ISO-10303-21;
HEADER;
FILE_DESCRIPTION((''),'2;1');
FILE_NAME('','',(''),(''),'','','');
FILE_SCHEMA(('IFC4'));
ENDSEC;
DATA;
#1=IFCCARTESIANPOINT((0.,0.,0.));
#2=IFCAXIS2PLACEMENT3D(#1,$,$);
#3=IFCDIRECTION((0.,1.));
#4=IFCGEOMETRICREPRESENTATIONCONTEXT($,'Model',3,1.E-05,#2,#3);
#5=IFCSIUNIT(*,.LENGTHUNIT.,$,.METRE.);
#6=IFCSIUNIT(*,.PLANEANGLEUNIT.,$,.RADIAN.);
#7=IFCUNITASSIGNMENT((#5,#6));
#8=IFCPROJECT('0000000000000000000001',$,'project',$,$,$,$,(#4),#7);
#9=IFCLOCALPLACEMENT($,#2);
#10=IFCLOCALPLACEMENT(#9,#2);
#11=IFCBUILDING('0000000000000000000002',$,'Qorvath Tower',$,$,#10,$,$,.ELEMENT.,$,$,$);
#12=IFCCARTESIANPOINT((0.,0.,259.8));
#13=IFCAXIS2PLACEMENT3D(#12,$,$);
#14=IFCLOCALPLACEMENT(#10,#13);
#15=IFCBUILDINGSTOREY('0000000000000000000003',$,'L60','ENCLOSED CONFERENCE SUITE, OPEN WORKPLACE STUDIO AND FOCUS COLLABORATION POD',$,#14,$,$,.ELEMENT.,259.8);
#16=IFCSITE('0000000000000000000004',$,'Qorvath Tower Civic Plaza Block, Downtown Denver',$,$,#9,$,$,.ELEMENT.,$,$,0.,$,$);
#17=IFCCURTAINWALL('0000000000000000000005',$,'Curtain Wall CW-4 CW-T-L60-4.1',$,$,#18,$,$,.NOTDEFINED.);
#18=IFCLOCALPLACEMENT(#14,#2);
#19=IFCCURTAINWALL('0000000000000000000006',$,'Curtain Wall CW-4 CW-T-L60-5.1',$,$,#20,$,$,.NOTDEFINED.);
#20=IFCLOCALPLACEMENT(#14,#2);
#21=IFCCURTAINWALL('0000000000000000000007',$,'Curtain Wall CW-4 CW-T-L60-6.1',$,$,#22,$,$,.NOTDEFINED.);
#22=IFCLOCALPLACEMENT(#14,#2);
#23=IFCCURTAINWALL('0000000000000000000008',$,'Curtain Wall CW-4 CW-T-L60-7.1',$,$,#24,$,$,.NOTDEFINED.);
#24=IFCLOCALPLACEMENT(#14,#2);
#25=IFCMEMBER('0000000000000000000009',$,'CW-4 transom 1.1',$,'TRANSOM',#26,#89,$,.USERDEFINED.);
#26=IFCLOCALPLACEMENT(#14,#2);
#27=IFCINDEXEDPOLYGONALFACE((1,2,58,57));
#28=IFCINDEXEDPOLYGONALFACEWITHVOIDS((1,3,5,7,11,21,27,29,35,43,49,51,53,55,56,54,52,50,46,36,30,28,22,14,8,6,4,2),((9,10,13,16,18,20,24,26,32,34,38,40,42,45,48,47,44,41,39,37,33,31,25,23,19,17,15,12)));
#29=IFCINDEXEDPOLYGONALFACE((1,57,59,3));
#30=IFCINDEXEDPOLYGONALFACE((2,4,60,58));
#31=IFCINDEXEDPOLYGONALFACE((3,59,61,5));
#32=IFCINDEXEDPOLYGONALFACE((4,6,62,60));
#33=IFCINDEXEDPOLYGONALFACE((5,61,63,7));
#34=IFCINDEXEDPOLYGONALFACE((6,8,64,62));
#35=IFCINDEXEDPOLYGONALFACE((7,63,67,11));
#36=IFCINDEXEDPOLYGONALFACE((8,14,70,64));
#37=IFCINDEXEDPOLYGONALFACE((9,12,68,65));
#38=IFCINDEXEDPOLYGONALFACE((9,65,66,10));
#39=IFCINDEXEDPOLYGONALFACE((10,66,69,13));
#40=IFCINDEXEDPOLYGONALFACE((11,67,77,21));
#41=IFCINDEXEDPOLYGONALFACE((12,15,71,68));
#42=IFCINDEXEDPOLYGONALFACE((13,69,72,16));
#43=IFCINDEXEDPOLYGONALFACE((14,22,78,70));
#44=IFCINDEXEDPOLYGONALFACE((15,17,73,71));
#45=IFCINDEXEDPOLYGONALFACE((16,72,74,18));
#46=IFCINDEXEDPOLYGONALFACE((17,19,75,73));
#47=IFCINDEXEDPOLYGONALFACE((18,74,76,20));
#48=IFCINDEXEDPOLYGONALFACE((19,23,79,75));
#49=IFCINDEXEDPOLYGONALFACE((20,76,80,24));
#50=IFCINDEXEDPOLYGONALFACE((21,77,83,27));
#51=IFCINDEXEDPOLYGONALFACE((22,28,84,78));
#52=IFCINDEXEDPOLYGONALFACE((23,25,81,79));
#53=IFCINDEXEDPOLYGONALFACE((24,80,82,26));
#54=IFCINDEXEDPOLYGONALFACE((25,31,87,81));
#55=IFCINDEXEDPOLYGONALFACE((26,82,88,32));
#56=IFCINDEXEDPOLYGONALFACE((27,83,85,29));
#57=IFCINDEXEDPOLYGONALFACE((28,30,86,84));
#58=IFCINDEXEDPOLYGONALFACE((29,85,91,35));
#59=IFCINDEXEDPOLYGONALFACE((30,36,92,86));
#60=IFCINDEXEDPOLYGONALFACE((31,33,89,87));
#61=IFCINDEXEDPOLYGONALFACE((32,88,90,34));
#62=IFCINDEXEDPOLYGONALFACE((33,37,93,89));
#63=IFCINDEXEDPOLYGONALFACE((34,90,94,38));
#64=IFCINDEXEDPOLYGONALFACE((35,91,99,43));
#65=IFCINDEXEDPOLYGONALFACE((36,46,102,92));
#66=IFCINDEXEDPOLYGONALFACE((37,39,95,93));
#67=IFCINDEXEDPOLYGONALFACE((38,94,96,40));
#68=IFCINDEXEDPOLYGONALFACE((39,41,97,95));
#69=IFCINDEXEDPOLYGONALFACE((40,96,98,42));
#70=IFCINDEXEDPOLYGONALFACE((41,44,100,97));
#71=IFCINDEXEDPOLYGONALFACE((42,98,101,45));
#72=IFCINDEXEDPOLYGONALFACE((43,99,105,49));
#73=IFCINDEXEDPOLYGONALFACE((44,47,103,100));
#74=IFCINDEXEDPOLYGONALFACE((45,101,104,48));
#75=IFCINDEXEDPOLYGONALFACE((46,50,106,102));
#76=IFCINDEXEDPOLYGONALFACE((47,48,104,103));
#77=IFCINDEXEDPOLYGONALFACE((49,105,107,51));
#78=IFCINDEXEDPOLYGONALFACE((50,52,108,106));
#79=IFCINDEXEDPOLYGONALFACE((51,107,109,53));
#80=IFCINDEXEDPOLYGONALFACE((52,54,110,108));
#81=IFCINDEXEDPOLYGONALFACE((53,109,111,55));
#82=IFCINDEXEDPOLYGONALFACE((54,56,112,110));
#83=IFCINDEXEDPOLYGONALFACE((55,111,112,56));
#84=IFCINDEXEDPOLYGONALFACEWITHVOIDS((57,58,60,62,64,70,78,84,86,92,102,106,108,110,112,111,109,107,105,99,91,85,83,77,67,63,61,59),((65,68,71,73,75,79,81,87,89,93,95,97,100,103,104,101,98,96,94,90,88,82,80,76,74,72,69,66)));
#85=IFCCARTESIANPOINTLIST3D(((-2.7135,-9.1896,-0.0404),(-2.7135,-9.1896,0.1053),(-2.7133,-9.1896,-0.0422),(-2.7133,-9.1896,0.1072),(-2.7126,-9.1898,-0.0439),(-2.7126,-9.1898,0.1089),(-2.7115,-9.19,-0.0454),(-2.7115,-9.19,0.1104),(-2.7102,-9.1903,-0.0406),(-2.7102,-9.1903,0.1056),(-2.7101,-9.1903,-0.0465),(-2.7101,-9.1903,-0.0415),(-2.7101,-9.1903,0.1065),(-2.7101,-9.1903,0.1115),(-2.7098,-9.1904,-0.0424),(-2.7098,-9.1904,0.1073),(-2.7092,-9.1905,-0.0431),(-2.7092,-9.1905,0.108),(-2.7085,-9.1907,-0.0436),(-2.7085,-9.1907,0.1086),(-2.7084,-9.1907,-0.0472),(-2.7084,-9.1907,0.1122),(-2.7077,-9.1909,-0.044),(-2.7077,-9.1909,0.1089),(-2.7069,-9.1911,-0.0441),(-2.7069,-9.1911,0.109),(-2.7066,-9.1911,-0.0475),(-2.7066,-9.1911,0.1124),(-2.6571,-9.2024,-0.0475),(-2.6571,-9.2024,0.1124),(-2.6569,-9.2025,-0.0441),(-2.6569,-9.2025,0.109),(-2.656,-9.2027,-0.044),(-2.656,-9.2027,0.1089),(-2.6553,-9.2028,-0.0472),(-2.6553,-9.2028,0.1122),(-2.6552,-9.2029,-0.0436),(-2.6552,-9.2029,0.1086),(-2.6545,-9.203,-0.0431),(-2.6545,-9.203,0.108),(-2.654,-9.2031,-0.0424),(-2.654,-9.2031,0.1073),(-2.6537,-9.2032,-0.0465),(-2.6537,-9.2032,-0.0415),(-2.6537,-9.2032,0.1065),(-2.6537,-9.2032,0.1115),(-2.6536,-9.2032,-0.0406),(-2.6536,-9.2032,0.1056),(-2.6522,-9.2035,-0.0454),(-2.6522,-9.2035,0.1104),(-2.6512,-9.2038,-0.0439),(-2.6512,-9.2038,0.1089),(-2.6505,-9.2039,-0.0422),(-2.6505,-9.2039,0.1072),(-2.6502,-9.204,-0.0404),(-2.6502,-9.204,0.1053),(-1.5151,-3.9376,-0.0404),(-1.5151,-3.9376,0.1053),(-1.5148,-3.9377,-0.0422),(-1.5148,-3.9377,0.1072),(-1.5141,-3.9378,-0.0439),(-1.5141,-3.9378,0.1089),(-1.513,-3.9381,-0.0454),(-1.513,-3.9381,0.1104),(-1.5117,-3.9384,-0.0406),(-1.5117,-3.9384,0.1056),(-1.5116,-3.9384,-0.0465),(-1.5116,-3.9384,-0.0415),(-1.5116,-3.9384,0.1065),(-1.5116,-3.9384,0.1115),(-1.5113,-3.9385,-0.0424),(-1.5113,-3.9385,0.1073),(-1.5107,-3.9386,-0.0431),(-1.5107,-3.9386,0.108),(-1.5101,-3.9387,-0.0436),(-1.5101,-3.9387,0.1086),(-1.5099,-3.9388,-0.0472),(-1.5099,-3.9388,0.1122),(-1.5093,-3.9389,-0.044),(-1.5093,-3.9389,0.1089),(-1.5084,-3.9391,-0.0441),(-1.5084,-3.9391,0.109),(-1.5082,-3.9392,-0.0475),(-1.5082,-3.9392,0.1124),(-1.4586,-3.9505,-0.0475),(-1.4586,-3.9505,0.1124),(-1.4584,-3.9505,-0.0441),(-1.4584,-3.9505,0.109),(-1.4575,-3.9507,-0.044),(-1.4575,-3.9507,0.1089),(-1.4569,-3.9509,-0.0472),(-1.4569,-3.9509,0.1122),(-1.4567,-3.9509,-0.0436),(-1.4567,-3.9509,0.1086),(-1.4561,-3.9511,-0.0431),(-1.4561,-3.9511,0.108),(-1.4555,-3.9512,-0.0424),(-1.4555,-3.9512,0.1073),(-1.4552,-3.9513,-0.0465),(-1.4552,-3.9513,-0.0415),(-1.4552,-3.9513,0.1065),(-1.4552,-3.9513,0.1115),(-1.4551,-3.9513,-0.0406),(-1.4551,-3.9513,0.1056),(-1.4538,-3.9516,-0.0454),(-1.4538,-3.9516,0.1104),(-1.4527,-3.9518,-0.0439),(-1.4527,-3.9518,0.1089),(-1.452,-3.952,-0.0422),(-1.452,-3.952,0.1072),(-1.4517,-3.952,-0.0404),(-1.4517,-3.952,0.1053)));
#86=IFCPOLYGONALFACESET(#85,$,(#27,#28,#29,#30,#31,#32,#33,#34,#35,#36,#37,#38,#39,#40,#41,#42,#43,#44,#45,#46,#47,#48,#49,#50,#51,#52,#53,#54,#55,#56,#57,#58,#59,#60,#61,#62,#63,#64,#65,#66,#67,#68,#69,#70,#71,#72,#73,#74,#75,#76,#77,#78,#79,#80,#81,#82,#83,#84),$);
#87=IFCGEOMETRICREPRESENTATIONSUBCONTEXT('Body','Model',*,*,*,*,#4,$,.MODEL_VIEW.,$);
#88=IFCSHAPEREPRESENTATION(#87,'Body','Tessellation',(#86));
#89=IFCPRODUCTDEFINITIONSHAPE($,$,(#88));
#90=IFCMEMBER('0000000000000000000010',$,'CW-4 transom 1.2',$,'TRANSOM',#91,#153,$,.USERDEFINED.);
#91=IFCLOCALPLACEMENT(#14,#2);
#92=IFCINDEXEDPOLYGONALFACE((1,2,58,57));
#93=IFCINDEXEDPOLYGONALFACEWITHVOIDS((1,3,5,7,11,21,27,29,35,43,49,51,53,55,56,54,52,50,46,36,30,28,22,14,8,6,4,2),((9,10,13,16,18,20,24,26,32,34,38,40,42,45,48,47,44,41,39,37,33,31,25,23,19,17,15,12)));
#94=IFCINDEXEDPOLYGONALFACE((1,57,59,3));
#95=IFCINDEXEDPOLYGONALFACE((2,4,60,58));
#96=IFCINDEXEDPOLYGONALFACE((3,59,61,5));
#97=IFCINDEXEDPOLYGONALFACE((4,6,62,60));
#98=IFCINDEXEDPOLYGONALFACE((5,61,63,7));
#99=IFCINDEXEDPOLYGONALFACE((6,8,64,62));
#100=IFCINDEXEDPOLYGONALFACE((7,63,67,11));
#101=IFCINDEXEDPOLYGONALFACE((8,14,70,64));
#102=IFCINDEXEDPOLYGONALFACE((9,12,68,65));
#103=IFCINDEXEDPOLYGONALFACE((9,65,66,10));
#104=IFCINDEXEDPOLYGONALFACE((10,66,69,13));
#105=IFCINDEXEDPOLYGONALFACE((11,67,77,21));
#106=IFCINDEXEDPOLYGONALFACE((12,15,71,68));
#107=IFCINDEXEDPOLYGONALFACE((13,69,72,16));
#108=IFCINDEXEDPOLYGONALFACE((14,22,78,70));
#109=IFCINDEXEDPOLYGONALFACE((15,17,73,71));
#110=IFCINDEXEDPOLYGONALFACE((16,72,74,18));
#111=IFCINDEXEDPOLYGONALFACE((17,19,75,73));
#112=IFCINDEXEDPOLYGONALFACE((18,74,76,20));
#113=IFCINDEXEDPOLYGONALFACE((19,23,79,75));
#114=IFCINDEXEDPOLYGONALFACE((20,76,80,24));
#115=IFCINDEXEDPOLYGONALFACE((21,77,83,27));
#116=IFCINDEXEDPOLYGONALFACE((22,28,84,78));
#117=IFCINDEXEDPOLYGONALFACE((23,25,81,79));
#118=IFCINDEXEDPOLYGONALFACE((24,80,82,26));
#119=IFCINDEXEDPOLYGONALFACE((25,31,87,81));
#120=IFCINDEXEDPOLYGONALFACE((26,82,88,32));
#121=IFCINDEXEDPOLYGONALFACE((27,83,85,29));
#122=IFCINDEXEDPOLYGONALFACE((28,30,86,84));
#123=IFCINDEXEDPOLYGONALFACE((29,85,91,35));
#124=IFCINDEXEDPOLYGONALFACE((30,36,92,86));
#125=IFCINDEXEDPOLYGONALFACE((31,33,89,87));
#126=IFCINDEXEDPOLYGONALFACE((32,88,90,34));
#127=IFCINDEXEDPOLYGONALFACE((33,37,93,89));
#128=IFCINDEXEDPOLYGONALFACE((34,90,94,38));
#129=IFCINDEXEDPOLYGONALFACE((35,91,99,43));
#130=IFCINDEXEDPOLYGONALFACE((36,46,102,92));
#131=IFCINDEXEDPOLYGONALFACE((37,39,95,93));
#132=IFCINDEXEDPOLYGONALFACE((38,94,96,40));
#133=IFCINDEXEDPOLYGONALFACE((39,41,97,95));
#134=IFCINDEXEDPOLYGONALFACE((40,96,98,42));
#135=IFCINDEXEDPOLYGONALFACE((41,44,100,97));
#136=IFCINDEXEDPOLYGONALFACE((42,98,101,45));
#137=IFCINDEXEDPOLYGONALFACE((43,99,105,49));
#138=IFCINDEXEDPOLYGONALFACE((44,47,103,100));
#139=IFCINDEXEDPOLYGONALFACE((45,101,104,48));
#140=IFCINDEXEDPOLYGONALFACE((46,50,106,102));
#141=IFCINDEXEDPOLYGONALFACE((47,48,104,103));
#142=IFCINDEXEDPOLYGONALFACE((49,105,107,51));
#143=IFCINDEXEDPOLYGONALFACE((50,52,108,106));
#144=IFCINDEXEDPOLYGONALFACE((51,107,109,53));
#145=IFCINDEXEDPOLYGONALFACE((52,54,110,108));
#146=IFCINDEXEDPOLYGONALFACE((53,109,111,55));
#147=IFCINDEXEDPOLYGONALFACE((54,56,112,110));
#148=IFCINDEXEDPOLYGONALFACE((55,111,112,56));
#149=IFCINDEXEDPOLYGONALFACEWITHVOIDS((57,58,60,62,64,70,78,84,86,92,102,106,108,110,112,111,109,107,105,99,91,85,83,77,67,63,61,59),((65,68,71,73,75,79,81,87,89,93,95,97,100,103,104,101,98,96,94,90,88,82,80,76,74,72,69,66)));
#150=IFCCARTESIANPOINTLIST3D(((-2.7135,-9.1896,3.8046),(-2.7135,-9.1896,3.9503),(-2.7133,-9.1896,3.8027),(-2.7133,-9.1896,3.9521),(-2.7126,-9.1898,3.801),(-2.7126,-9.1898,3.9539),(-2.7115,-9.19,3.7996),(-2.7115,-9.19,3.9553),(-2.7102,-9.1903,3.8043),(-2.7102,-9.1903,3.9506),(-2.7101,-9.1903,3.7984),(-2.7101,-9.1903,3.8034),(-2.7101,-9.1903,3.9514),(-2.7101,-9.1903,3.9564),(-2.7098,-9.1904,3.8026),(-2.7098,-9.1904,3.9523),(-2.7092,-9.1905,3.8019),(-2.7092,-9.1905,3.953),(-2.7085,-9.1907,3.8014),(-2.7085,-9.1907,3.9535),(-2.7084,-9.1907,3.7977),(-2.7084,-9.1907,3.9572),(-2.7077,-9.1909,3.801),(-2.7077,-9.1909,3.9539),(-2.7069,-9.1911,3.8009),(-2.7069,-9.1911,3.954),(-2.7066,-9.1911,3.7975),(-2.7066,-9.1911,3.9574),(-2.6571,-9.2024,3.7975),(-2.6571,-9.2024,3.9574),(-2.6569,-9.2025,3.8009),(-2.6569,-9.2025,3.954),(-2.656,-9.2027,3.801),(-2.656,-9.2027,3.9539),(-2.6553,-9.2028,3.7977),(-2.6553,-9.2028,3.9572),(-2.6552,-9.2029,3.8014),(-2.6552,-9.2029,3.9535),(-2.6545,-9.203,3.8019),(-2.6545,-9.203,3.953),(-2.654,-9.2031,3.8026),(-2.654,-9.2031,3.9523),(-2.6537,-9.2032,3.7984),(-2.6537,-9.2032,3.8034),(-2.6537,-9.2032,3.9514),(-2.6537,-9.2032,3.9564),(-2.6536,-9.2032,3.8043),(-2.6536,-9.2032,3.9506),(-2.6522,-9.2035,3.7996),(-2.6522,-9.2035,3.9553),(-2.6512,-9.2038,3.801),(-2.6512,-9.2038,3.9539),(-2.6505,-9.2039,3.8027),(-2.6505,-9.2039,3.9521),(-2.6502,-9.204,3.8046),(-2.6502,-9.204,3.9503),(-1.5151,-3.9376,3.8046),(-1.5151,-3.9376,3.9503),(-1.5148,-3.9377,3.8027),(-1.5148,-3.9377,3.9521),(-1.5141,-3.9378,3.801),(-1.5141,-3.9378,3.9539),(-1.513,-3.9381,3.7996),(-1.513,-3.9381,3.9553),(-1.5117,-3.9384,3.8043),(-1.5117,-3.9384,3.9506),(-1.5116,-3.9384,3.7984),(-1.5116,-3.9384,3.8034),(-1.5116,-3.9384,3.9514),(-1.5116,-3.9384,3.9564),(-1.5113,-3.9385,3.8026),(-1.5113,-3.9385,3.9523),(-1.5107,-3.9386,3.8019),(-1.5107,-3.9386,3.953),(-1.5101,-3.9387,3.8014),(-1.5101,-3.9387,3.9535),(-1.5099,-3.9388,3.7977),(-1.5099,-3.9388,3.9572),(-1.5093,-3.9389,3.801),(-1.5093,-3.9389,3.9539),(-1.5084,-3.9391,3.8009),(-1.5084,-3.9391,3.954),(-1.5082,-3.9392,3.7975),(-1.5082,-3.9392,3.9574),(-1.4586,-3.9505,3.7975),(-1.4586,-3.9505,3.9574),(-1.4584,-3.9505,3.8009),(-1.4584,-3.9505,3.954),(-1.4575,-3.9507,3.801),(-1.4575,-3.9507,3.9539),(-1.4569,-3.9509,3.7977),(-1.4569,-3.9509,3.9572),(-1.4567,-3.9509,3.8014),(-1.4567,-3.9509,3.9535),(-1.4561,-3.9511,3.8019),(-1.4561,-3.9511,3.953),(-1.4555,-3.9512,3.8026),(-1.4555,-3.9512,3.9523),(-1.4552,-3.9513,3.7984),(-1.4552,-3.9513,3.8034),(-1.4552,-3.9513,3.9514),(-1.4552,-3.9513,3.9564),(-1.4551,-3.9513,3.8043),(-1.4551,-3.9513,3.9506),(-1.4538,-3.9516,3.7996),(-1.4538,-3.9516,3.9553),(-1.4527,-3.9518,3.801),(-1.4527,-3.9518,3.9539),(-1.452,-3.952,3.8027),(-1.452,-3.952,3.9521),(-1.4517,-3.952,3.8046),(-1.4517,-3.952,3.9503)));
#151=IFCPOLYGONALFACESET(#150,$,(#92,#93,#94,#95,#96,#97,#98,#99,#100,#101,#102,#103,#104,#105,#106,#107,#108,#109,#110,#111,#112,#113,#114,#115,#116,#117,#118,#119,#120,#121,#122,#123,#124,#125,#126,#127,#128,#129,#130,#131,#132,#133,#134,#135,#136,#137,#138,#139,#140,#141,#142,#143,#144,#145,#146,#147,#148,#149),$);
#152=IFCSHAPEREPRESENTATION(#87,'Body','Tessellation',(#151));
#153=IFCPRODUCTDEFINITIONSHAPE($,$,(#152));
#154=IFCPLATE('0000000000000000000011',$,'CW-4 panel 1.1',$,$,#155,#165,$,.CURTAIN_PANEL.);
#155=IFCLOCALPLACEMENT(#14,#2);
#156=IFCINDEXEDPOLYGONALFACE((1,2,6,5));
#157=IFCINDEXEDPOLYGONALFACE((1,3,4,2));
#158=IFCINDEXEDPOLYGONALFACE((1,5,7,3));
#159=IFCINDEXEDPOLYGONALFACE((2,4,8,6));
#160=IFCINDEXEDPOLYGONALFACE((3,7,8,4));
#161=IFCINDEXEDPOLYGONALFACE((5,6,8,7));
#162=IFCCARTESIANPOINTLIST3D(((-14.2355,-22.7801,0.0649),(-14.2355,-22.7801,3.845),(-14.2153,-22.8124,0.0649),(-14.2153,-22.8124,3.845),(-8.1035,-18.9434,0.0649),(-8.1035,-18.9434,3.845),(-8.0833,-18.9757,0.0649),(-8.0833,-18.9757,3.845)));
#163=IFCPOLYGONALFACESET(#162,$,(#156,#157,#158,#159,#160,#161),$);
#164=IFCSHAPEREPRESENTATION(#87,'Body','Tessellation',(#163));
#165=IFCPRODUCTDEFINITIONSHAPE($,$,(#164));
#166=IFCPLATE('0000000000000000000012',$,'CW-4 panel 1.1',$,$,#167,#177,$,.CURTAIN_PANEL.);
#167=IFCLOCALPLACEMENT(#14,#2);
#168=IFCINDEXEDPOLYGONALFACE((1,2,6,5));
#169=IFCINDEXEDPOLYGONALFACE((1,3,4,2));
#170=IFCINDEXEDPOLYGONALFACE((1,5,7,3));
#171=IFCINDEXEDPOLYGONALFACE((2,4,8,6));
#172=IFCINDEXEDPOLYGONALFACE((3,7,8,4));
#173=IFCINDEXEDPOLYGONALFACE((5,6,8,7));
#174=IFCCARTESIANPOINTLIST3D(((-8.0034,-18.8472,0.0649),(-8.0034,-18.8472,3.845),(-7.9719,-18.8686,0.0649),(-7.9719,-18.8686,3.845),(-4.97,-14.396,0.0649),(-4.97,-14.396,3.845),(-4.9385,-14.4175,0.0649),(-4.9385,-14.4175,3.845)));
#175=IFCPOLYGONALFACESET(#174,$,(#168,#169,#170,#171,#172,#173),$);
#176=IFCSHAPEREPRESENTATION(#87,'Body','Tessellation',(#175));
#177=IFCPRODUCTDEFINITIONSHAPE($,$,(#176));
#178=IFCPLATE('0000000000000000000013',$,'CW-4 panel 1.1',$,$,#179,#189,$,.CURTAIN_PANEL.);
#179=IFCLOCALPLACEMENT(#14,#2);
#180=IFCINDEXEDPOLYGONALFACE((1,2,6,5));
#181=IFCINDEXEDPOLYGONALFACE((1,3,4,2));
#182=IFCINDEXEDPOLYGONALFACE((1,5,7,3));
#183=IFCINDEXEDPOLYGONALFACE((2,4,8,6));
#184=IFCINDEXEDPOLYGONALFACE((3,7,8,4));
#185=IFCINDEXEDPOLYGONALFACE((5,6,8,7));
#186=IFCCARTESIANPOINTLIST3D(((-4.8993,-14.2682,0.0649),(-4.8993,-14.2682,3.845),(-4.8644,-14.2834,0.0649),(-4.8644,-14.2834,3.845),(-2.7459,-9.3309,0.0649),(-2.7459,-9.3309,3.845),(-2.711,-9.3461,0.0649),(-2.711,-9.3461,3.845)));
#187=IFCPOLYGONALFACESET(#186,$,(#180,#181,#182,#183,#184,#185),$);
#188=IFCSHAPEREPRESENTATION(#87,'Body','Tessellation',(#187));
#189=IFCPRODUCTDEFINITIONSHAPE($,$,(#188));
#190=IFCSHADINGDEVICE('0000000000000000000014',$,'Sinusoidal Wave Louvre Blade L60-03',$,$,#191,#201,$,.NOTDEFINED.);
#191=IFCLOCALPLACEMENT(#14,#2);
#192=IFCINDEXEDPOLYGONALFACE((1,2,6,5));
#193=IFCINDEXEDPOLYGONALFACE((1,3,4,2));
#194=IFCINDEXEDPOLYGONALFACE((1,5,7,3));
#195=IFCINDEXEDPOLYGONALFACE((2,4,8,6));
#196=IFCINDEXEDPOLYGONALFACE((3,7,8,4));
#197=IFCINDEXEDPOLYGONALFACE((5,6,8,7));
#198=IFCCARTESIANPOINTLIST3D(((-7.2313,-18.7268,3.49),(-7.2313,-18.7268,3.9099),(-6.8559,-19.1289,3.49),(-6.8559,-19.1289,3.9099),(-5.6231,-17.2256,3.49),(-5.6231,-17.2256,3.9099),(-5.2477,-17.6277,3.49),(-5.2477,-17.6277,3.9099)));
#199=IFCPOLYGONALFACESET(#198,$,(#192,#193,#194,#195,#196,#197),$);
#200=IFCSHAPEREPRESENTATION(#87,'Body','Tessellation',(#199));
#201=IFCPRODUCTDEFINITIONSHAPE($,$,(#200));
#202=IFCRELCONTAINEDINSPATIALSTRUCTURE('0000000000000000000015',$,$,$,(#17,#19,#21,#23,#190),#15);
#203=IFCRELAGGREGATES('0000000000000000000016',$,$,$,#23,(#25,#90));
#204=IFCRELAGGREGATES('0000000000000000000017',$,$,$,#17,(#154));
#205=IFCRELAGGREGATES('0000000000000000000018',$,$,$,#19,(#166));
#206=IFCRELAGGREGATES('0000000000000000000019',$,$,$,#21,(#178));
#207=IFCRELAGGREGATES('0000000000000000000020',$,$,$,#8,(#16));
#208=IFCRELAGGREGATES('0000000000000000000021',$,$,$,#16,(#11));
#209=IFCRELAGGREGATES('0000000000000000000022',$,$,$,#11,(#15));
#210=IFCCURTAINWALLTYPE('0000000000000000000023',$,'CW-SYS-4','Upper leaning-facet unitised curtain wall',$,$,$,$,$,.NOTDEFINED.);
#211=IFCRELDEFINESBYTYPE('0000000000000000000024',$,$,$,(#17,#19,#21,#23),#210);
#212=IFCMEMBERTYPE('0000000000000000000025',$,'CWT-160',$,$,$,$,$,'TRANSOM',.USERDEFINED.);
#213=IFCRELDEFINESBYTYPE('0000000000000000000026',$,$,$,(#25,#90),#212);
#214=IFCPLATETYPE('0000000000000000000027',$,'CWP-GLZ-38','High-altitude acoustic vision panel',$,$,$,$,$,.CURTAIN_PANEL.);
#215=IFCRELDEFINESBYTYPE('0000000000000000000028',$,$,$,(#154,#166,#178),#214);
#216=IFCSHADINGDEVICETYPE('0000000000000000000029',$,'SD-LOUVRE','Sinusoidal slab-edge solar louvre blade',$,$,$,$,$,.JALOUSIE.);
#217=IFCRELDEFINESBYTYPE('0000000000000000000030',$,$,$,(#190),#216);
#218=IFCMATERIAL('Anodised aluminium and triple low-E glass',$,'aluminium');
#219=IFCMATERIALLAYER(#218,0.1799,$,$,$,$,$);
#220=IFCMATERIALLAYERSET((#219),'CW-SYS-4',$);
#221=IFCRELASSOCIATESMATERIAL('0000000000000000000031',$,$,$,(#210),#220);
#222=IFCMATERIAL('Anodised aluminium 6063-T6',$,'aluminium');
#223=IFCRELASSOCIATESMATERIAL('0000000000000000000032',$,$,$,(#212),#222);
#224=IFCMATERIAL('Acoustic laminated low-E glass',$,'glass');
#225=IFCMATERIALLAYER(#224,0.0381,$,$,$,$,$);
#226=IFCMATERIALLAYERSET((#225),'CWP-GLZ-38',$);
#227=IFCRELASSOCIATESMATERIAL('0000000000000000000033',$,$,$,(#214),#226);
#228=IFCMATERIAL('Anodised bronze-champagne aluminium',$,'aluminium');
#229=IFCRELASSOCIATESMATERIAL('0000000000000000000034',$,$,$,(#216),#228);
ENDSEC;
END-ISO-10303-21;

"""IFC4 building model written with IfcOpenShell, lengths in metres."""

from ifc_helpers import new_model, si_unit, direction, frame, origin, origin_2d, place, context, subcontext, project, spatial, rectangle, hollow_rectangle, extrude, material, layer, layer_set, material_profile, profile_set, type_object, element, aggregate, save


model = new_model("IFC4")

# Units and contexts
model_context = context("Model", 3, precision=1e-05, world=origin(), true_north=direction((0.0, 1.0)))
body_context = subcontext(model_context, "Body", "Model", "MODEL_VIEW")
ifc_project = project(units=[si_unit("LENGTHUNIT", "METRE"), si_unit("PLANEANGLEUNIT", "RADIAN")], contexts=[model_context])

# Site, building, storey
site_placement = place(None, origin())
site = spatial("IfcSite", under=ifc_project, at=site_placement, Name="Qorvath Tower Civic Plaza Block, Downtown Denver", CompositionType="ELEMENT", RefElevation=0.0)
building_placement = place(site_placement, origin())
building = spatial("IfcBuilding", under=site, at=building_placement, Name="Qorvath Tower", CompositionType="ELEMENT")
storey_placement = place(building_placement, frame((0.0, 0.0, 259.8)))
storey = spatial("IfcBuildingStorey", under=building, at=storey_placement, Name="L60", Description="ENCLOSED CONFERENCE SUITE, OPEN WORKPLACE STUDIO AND FOCUS COLLABORATION POD", CompositionType="ELEMENT", Elevation=259.8)

# Shared definitions
ifc_material_1 = material(Name="Anodised aluminium and triple low-E glass", Category="aluminium")
ifc_layer_1 = layer(ifc_material_1, 0.1799)
ifc_layer_set_1 = layer_set([ifc_layer_1], Name="CW-SYS-4")
curtain_wall_type = type_object("IfcCurtainWallType", Name="CW-SYS-4", Description="Upper leaning-facet unitised curtain wall", PredefinedType="NOTDEFINED", material=ifc_layer_set_1)

# Curtain walls
curtain_wall_1_placement = place(storey_placement, origin())
curtain_wall_1 = element("IfcCurtainWall", 1, at=curtain_wall_1_placement, inside=storey, type_object=curtain_wall_type, Name="Curtain Wall CW-4 CW-T-L60-4.1", PredefinedType="NOTDEFINED")
curtain_wall_2_placement = place(storey_placement, origin())
curtain_wall_2 = element("IfcCurtainWall", 2, at=curtain_wall_2_placement, inside=storey, type_object=curtain_wall_type, Name="Curtain Wall CW-4 CW-T-L60-5.1", PredefinedType="NOTDEFINED")
curtain_wall_3_placement = place(storey_placement, origin())
curtain_wall_3 = element("IfcCurtainWall", 3, at=curtain_wall_3_placement, inside=storey, type_object=curtain_wall_type, Name="Curtain Wall CW-4 CW-T-L60-6.1", PredefinedType="NOTDEFINED")

# Curtain wall
curtain_wall_4_placement = place(storey_placement, origin())
curtain_wall_4 = element("IfcCurtainWall", 4, at=curtain_wall_4_placement, inside=storey, type_object=curtain_wall_type, Name="Curtain Wall CW-4 CW-T-L60-7.1", PredefinedType="NOTDEFINED")

# Members
ifc_material_2 = material(Name="Anodised aluminium 6063-T6", Category="aluminium")
ifc_material_profile_1 = material_profile(ifc_material_2, hollow_rectangle(XDim=0.0649, YDim=0.1599, WallThickness=0.0034, InnerFilletRadius=0.0034, OuterFilletRadius=0.0071, at=origin_2d()), Name="CWT 160x65")
ifc_profile_set_1 = profile_set([ifc_material_profile_1], Name="Anodised aluminium 6063-T6")
member_type_1 = type_object("IfcMemberType", Name="CWT-160", ElementType="TRANSOM", PredefinedType="USERDEFINED", material=ifc_profile_set_1)
member_1_placement = place(storey_placement, frame((-2.6819, -9.1968, 0.0325), z_axis=(0.222479, 0.974937, 0.0), x_axis=(-0.974937, 0.222479, 0.0)))
member_1 = element("IfcMember", 5, at=member_1_placement, type_object=member_type_1, Name="CW-4 transom 1.1", ObjectType="TRANSOM", PredefinedType="USERDEFINED", context=body_context, shape_type="SweptSolid", body=[
    extrude(hollow_rectangle(XDim=0.0649, YDim=0.1599, WallThickness=0.0034, InnerFilletRadius=0.0034, OuterFilletRadius=0.0071, at=origin_2d()), origin(), (0.0, 0.0, 1.0), 5.387),
])
member_2_placement = place(storey_placement, frame((-2.6819, -9.1968, 3.8774), z_axis=(0.222479, 0.974937, 0.0), x_axis=(-0.974937, 0.222479, 0.0)))
member_2 = element("IfcMember", 6, at=member_2_placement, type_object=member_type_1, Name="CW-4 transom 1.2", ObjectType="TRANSOM", PredefinedType="USERDEFINED", context=body_context, shape_type="SweptSolid", body=[
    extrude(hollow_rectangle(XDim=0.0649, YDim=0.1599, WallThickness=0.0034, InnerFilletRadius=0.0034, OuterFilletRadius=0.0071, at=origin_2d()), origin(), (0.0, 0.0, 1.0), 5.387),
])
aggregate(curtain_wall_4, [member_1, member_2])

# Plates
ifc_material_3 = material(Name="Acoustic laminated low-E glass", Category="glass")
ifc_layer_2 = layer(ifc_material_3, 0.0381)
ifc_layer_set_2 = layer_set([ifc_layer_2], Name="CWP-GLZ-38")
plate_type = type_object("IfcPlateType", Name="CWP-GLZ-38", Description="High-altitude acoustic vision panel", PredefinedType="CURTAIN_PANEL", material=ifc_layer_set_2)
plate_1_placement = place(storey_placement, frame((-11.1594, -20.8779, 0.0649), z_axis=(0.0, 0.0, 1.0), x_axis=(0.84774, 0.530412, 0.0)))
plate_1 = element("IfcPlate", 7, at=plate_1_placement, type_object=plate_type, Name="CW-4 panel 1.1", PredefinedType="CURTAIN_PANEL", context=body_context, shape_type="SweptSolid", body=[
    extrude(rectangle(XDim=7.2334, YDim=0.0381, at=origin_2d()), origin(), (0.0, 0.0, 1.0), 3.78),
])
aggregate(curtain_wall_1, [plate_1])
plate_2_placement = place(storey_placement, frame((-6.4709, -16.6323, 0.0649), z_axis=(0.0, 0.0, 1.0), x_axis=(0.563145, 0.826358, 0.0)))
plate_2 = element("IfcPlate", 8, at=plate_2_placement, type_object=plate_type, Name="CW-4 panel 1.1", PredefinedType="CURTAIN_PANEL", context=body_context, shape_type="SweptSolid", body=[
    extrude(rectangle(XDim=5.3865, YDim=0.0381, at=origin_2d()), origin(), (0.0, 0.0, 1.0), 3.78),
])
aggregate(curtain_wall_2, [plate_2])
plate_3_placement = place(storey_placement, frame((-3.8052, -11.8071, 0.0649), z_axis=(0.0, 0.0, 1.0), x_axis=(0.399777, 0.916612, 0.0)))
plate_3 = element("IfcPlate", 9, at=plate_3_placement, type_object=plate_type, Name="CW-4 panel 1.1", PredefinedType="CURTAIN_PANEL", context=body_context, shape_type="SweptSolid", body=[
    extrude(rectangle(XDim=5.3865, YDim=0.0381, at=origin_2d()), origin(), (0.0, 0.0, 1.0), 3.78),
])
aggregate(curtain_wall_3, [plate_3])

# Shading device
ifc_material_4 = material(Name="Anodised bronze-champagne aluminium", Category="aluminium")
shading_device_type = type_object("IfcShadingDeviceType", Name="SD-LOUVRE", Description="Sinusoidal slab-edge solar louvre blade", PredefinedType="JALOUSIE", material=ifc_material_4)
for number, where, z_axis, x_axis, name in (
    (10, (-6.2395, -18.1772, 3.49), (0.0, 0.0, 1.0), (0.731025, 0.682351, 0.0), "Sinusoidal Wave Louvre Blade L60-03"),
):
    element("IfcShadingDevice", number, at=place(storey_placement, frame(where, z_axis=z_axis, x_axis=x_axis)), inside=storey, type_object=shading_device_type, Name=name, PredefinedType="NOTDEFINED", context=body_context, shape_type="SweptSolid", body=[
        extrude(rectangle(XDim=2.2, YDim=0.55, at=origin_2d()), origin(), (0.0, 0.0, 1.0), 0.4199),
    ])

save(model, "model.ifc")
